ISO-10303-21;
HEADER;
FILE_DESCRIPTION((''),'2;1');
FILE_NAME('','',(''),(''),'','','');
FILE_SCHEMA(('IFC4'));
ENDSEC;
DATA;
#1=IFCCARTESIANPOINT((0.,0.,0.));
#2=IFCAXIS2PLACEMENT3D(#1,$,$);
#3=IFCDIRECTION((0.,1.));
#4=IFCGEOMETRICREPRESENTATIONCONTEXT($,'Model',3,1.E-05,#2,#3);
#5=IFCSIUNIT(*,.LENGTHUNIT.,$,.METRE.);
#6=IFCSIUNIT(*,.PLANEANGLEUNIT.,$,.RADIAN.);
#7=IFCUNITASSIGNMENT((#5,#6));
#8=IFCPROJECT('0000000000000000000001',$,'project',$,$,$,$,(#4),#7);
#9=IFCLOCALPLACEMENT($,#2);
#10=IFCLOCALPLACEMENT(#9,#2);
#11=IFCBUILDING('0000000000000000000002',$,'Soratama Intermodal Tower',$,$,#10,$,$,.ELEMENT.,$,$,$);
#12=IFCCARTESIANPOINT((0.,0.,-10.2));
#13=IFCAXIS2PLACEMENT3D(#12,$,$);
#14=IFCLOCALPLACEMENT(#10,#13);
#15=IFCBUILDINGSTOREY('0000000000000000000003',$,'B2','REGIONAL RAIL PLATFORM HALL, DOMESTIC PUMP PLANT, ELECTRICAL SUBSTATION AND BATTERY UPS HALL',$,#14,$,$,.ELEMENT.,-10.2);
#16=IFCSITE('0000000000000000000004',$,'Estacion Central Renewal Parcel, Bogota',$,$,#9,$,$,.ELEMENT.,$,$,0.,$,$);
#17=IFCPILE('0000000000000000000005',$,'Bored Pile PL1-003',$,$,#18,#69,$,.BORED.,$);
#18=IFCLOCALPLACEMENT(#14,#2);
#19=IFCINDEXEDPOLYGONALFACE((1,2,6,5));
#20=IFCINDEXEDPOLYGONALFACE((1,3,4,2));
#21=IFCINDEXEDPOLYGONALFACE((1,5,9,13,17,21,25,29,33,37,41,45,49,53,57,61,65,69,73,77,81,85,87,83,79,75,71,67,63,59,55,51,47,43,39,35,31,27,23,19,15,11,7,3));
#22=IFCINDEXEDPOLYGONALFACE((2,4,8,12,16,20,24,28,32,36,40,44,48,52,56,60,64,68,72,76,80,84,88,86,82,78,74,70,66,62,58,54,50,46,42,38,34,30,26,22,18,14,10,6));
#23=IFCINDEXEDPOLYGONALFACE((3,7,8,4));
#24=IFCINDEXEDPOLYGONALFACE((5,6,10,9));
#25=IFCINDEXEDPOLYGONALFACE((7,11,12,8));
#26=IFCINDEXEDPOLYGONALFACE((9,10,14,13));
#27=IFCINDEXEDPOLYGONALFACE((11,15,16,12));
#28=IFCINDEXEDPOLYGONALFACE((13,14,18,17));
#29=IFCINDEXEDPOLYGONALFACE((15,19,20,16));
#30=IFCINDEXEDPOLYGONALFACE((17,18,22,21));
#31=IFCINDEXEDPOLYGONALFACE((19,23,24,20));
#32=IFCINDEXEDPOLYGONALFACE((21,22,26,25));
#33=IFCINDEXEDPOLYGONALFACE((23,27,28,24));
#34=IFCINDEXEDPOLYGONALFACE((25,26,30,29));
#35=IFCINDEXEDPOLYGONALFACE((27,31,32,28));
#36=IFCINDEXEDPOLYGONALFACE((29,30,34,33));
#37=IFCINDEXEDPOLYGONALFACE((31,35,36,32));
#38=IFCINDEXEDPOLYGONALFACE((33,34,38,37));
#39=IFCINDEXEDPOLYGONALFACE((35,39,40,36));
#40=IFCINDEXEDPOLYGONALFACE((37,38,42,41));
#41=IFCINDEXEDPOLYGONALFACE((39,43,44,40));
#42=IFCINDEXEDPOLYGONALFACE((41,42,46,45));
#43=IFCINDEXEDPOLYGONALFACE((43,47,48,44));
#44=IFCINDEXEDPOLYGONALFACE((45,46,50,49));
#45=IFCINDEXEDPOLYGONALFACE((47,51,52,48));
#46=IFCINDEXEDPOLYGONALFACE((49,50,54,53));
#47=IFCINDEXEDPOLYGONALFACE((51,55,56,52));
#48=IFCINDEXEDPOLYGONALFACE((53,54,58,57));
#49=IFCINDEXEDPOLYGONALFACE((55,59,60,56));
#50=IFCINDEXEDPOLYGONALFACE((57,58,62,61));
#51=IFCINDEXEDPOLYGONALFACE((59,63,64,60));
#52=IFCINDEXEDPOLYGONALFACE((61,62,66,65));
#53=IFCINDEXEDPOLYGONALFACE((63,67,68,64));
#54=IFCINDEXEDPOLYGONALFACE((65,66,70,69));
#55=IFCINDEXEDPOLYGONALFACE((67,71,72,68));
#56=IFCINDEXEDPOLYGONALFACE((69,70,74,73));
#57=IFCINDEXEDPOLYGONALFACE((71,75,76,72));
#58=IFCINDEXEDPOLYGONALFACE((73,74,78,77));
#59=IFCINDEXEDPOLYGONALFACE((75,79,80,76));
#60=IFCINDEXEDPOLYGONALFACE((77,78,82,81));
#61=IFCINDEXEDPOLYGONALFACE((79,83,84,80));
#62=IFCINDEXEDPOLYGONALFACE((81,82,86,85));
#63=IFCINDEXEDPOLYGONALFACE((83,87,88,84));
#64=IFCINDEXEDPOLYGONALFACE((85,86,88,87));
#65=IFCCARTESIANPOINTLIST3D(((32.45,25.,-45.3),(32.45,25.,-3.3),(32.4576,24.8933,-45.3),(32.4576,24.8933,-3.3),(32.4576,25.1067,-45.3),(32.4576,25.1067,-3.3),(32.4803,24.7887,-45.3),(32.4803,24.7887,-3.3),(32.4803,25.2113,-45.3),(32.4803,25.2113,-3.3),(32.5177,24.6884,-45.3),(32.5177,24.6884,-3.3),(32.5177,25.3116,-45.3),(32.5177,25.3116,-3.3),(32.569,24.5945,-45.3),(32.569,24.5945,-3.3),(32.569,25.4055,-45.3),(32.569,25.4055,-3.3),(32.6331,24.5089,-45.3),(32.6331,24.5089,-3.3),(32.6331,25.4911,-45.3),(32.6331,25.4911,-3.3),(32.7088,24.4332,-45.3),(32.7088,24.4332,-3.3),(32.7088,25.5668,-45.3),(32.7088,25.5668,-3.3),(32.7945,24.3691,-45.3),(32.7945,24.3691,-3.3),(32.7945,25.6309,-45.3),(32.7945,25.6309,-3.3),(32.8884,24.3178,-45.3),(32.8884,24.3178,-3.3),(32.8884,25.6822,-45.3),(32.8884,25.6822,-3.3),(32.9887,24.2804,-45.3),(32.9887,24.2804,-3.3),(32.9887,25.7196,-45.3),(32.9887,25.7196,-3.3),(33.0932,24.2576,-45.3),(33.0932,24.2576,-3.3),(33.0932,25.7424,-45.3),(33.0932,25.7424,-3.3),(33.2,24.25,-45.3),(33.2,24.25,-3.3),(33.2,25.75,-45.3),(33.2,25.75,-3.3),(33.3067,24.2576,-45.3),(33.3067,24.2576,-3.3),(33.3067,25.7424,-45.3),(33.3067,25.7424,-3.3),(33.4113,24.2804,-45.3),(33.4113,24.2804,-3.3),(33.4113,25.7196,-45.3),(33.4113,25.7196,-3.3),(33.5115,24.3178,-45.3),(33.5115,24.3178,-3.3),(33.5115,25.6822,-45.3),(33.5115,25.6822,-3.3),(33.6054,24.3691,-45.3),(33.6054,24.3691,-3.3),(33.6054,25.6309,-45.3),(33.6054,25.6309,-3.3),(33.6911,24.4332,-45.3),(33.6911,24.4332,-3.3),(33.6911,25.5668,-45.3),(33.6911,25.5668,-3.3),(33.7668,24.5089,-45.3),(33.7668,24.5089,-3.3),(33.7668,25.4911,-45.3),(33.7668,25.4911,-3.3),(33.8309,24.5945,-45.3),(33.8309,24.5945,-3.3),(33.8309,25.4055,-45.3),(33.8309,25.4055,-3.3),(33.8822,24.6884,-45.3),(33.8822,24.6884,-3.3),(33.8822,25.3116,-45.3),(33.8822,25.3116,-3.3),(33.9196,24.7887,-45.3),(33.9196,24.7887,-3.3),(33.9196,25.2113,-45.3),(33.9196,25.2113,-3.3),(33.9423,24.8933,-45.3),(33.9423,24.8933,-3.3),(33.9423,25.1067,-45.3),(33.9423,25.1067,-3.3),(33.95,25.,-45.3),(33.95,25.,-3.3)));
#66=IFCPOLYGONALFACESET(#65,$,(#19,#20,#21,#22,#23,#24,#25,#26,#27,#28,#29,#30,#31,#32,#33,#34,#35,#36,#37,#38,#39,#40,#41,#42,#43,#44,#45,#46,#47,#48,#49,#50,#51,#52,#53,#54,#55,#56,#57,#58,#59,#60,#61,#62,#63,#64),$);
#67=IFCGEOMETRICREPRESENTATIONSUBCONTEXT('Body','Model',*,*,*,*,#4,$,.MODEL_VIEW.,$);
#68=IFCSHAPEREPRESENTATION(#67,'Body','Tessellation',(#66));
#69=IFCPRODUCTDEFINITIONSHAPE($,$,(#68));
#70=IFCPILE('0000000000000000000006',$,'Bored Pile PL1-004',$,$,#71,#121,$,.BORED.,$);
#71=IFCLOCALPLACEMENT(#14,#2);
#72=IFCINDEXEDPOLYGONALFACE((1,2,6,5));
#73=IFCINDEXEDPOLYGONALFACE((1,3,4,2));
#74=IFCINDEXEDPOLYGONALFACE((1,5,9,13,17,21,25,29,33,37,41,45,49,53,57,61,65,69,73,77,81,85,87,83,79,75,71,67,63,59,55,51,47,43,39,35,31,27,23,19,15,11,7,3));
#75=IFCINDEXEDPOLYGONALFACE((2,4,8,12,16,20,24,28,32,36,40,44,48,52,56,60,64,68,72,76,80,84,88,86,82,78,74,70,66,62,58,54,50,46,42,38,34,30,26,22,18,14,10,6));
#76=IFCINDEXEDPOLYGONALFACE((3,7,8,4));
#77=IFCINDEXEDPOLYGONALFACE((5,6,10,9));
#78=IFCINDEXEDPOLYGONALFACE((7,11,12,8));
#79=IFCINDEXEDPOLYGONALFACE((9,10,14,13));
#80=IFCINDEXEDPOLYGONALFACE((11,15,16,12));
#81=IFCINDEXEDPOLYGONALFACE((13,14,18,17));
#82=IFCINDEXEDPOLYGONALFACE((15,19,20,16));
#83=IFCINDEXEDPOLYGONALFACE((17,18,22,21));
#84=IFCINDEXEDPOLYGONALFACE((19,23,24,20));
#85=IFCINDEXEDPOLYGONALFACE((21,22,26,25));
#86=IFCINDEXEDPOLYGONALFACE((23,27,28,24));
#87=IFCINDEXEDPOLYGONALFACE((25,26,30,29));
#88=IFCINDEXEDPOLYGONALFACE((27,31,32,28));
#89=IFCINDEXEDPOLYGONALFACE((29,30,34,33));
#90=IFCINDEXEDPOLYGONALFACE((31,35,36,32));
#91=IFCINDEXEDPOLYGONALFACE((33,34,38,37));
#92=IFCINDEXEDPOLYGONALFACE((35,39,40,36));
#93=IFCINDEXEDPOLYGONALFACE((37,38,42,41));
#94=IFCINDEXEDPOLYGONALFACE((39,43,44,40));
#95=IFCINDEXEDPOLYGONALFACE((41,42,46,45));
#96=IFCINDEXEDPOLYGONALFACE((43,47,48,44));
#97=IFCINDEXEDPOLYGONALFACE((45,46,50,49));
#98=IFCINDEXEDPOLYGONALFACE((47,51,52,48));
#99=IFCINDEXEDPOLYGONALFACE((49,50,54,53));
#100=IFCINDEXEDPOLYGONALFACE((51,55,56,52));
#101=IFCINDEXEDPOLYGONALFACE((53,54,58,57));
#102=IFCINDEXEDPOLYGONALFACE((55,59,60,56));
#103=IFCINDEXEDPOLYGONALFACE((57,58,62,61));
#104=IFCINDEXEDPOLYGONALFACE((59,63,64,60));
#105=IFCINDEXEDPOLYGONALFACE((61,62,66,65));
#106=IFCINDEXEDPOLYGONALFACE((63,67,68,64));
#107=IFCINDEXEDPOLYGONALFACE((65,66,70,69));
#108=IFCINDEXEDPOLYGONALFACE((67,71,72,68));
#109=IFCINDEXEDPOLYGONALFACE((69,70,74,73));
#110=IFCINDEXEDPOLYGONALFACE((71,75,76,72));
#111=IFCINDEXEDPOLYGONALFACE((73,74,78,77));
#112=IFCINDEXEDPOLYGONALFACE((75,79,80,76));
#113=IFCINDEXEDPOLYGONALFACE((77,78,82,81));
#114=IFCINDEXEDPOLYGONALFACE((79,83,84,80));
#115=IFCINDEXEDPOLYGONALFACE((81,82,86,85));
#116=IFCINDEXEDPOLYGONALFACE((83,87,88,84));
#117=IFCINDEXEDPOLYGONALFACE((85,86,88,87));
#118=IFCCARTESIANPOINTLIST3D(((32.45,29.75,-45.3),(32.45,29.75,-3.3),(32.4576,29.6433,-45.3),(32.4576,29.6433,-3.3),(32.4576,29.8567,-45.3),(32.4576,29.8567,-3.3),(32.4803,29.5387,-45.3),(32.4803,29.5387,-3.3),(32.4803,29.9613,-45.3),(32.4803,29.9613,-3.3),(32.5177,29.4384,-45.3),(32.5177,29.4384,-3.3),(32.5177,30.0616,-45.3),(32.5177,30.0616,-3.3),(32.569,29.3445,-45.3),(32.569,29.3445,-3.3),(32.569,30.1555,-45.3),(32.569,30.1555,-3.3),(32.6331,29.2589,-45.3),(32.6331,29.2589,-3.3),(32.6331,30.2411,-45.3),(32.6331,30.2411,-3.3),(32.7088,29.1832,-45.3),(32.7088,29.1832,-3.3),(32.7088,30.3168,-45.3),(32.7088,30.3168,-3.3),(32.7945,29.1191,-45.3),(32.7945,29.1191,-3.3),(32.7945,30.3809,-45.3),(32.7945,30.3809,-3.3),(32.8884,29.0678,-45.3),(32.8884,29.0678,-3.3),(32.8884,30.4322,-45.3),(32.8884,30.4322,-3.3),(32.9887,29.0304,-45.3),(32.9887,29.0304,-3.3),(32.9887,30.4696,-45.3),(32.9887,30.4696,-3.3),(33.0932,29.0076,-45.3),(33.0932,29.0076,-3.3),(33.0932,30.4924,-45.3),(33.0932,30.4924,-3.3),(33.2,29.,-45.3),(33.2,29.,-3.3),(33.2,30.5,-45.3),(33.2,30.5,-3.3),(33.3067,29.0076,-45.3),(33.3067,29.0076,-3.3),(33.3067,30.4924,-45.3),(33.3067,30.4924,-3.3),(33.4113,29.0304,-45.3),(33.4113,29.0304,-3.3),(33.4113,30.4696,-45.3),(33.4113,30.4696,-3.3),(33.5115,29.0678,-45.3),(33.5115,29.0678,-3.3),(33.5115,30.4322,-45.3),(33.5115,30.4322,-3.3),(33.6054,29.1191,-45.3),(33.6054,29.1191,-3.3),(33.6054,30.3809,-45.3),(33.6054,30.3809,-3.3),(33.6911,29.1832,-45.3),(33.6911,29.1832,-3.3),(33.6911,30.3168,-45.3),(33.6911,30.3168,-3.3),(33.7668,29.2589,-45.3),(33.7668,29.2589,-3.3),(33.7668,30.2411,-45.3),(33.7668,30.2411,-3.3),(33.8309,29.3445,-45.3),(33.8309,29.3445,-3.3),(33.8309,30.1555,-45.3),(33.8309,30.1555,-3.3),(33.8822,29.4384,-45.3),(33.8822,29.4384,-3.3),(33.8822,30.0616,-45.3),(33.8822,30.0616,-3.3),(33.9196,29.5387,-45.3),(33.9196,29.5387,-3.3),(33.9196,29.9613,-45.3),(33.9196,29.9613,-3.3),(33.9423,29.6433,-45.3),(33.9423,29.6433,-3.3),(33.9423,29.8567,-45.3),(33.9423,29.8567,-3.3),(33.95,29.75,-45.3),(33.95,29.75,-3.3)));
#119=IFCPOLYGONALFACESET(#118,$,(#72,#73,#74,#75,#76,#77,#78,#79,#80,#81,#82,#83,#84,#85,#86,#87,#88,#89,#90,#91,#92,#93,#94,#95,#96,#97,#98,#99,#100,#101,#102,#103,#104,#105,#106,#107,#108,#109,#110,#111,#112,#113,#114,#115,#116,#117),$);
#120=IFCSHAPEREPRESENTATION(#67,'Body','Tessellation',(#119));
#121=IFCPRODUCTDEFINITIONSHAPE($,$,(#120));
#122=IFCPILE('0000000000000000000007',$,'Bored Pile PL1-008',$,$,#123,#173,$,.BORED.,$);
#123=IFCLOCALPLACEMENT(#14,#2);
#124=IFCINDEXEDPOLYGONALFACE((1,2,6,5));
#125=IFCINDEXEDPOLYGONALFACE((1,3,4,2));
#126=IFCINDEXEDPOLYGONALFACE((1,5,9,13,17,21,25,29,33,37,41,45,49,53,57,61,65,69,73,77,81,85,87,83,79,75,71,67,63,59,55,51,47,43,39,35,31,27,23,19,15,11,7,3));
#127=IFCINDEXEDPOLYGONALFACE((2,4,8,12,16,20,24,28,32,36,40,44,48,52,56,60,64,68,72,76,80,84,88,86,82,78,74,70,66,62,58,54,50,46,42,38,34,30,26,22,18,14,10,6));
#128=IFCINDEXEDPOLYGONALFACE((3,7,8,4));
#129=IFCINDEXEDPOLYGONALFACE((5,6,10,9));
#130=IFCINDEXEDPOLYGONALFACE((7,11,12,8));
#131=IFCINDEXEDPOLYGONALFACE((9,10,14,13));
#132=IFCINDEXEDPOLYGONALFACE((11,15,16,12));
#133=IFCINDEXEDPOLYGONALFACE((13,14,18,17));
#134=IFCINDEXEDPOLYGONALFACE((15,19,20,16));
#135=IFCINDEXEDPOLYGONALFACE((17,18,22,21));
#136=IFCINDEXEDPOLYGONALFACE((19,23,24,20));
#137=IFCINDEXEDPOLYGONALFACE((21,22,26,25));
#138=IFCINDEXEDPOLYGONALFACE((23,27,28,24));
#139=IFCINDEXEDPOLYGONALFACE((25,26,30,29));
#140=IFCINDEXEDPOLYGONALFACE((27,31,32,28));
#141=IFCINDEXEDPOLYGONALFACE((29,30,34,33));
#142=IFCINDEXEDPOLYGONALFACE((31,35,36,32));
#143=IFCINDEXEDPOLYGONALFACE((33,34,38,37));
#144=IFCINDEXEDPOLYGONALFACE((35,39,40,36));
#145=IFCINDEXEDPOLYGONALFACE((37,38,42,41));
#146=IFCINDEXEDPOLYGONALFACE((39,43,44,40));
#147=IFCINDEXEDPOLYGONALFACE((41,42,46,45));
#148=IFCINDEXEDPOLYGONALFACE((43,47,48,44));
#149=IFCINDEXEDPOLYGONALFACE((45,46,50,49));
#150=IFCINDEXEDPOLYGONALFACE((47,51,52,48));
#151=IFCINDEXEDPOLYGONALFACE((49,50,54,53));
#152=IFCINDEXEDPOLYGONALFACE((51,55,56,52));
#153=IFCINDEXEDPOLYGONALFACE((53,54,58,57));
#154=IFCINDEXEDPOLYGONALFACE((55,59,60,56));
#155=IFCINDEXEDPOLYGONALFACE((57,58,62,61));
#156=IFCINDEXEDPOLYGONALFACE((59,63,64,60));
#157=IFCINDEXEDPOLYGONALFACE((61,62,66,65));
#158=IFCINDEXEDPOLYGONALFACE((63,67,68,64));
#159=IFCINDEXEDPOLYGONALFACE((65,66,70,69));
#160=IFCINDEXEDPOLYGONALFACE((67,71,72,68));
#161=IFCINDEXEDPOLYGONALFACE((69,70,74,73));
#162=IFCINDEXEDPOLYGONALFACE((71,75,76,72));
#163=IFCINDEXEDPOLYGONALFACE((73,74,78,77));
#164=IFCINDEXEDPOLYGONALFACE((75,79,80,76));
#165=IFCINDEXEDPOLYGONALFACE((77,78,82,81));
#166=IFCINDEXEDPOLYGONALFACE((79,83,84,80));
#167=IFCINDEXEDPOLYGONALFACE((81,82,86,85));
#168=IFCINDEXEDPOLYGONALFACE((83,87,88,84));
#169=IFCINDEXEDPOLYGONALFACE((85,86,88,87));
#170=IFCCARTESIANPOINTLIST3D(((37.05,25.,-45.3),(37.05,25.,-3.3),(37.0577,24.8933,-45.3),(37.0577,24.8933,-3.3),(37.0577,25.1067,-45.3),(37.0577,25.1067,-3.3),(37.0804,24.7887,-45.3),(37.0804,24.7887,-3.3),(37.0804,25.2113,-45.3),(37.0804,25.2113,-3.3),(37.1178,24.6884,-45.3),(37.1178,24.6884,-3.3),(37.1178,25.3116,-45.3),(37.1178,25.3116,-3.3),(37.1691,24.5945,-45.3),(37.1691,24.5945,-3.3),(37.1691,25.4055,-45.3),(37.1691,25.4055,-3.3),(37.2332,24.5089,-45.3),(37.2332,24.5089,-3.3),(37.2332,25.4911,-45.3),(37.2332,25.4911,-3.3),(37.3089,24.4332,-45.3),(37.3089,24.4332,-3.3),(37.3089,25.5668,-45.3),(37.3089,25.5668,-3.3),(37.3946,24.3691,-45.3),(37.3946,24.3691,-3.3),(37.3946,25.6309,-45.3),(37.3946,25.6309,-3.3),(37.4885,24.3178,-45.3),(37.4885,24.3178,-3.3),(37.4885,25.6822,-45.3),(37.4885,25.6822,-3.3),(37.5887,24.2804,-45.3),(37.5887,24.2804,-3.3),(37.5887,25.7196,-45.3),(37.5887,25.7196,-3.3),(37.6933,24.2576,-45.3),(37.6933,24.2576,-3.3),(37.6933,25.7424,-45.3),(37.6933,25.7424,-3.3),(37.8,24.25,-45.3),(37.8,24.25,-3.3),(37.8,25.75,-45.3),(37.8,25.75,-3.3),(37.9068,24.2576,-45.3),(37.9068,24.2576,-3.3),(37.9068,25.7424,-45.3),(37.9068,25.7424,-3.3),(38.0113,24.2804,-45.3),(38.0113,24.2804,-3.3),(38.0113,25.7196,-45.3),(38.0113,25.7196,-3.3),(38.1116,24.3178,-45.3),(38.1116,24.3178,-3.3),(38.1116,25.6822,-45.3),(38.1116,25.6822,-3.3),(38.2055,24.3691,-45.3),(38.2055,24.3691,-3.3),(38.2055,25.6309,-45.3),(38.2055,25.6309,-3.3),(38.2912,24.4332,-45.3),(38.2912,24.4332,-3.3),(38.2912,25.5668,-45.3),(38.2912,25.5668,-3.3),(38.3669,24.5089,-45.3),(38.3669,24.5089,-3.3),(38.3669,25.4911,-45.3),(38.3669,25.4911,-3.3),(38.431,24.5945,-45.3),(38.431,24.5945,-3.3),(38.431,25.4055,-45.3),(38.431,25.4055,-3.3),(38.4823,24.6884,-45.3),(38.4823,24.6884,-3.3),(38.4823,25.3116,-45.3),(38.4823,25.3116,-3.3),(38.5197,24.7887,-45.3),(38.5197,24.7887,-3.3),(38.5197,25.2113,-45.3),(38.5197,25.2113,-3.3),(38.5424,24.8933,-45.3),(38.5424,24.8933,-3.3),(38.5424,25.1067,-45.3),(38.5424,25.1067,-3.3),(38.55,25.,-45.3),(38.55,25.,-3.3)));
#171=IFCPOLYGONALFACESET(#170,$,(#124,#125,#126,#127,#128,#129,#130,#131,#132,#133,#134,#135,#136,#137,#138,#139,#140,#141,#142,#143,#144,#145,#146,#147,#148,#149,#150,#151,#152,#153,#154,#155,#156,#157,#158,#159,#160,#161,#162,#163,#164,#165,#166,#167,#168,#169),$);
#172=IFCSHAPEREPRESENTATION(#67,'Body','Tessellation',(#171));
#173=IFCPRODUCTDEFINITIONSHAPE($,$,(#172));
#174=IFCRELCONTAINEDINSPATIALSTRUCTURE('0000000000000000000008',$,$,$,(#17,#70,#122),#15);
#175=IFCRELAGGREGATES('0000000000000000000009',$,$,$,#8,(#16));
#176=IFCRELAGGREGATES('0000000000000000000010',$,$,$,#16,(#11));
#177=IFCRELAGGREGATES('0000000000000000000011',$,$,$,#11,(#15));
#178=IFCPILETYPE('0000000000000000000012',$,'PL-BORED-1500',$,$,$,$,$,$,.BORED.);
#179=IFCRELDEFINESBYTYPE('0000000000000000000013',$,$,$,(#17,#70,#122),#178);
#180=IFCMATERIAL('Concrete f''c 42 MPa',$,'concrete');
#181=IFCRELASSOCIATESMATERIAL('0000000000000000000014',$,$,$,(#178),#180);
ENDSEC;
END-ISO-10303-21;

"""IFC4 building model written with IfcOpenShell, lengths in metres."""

from ifc_helpers import new_model, si_unit, direction, frame, origin, origin_2d, place, context, subcontext, project, spatial, circle, extrude, material, material_profile, profile_set, type_object, element, save


model = new_model("IFC4")

# Units and contexts
model_context = context("Model", 3, precision=1e-05, world=origin(), true_north=direction((0.0, 1.0)))
body_context = subcontext(model_context, "Body", "Model", "MODEL_VIEW")
ifc_project = project(units=[si_unit("LENGTHUNIT", "METRE"), si_unit("PLANEANGLEUNIT", "RADIAN")], contexts=[model_context])

# Site, building, storey
site_placement = place(None, origin())
site = spatial("IfcSite", under=ifc_project, at=site_placement, Name="Estacion Central Renewal Parcel, Bogota", CompositionType="ELEMENT", RefElevation=0.0)
building_placement = place(site_placement, origin())
building = spatial("IfcBuilding", under=site, at=building_placement, Name="Soratama Intermodal Tower", CompositionType="ELEMENT")
storey_placement = place(building_placement, frame((0.0, 0.0, -10.2)))
storey = spatial("IfcBuildingStorey", under=building, at=storey_placement, Name="B2", Description="REGIONAL RAIL PLATFORM HALL, DOMESTIC PUMP PLANT, ELECTRICAL SUBSTATION AND BATTERY UPS HALL", CompositionType="ELEMENT", Elevation=-10.2)

# Piles
ifc_material_1 = material(Name="Concrete f'c 42 MPa", Category="concrete")
ifc_material_profile_1 = material_profile(ifc_material_1, circle(Radius=0.75, at=origin_2d()), Name="PILE1500")
ifc_profile_set_1 = profile_set([ifc_material_profile_1], Name="Concrete f'c 42 MPa")
pile_type = type_object("IfcPileType", Name="PL-BORED-1500", PredefinedType="BORED", material=ifc_profile_set_1)
for number, where, z_axis, x_axis, name in (
    (1, (33.2, 25.0, -3.3), (0.0, 0.0, -1.0), (1.0, 0.0, 0.0), "Bored Pile PL1-003"),
    (2, (33.2, 29.75, -3.3), (0.0, 0.0, -1.0), (1.0, 0.0, 0.0), "Bored Pile PL1-004"),
    (3, (37.8, 25.0, -3.3), (0.0, 0.0, -1.0), (1.0, 0.0, 0.0), "Bored Pile PL1-008"),
):
    element("IfcPile", number, at=place(storey_placement, frame(where, z_axis=z_axis, x_axis=x_axis)), inside=storey, type_object=pile_type, Name=name, PredefinedType="BORED", context=body_context, shape_type="SweptSolid", body=[
        extrude(circle(Radius=0.75, at=origin_2d()), origin(), (0.0, 0.0, 1.0), 42.0),
    ])

save(model, "model.ifc")
